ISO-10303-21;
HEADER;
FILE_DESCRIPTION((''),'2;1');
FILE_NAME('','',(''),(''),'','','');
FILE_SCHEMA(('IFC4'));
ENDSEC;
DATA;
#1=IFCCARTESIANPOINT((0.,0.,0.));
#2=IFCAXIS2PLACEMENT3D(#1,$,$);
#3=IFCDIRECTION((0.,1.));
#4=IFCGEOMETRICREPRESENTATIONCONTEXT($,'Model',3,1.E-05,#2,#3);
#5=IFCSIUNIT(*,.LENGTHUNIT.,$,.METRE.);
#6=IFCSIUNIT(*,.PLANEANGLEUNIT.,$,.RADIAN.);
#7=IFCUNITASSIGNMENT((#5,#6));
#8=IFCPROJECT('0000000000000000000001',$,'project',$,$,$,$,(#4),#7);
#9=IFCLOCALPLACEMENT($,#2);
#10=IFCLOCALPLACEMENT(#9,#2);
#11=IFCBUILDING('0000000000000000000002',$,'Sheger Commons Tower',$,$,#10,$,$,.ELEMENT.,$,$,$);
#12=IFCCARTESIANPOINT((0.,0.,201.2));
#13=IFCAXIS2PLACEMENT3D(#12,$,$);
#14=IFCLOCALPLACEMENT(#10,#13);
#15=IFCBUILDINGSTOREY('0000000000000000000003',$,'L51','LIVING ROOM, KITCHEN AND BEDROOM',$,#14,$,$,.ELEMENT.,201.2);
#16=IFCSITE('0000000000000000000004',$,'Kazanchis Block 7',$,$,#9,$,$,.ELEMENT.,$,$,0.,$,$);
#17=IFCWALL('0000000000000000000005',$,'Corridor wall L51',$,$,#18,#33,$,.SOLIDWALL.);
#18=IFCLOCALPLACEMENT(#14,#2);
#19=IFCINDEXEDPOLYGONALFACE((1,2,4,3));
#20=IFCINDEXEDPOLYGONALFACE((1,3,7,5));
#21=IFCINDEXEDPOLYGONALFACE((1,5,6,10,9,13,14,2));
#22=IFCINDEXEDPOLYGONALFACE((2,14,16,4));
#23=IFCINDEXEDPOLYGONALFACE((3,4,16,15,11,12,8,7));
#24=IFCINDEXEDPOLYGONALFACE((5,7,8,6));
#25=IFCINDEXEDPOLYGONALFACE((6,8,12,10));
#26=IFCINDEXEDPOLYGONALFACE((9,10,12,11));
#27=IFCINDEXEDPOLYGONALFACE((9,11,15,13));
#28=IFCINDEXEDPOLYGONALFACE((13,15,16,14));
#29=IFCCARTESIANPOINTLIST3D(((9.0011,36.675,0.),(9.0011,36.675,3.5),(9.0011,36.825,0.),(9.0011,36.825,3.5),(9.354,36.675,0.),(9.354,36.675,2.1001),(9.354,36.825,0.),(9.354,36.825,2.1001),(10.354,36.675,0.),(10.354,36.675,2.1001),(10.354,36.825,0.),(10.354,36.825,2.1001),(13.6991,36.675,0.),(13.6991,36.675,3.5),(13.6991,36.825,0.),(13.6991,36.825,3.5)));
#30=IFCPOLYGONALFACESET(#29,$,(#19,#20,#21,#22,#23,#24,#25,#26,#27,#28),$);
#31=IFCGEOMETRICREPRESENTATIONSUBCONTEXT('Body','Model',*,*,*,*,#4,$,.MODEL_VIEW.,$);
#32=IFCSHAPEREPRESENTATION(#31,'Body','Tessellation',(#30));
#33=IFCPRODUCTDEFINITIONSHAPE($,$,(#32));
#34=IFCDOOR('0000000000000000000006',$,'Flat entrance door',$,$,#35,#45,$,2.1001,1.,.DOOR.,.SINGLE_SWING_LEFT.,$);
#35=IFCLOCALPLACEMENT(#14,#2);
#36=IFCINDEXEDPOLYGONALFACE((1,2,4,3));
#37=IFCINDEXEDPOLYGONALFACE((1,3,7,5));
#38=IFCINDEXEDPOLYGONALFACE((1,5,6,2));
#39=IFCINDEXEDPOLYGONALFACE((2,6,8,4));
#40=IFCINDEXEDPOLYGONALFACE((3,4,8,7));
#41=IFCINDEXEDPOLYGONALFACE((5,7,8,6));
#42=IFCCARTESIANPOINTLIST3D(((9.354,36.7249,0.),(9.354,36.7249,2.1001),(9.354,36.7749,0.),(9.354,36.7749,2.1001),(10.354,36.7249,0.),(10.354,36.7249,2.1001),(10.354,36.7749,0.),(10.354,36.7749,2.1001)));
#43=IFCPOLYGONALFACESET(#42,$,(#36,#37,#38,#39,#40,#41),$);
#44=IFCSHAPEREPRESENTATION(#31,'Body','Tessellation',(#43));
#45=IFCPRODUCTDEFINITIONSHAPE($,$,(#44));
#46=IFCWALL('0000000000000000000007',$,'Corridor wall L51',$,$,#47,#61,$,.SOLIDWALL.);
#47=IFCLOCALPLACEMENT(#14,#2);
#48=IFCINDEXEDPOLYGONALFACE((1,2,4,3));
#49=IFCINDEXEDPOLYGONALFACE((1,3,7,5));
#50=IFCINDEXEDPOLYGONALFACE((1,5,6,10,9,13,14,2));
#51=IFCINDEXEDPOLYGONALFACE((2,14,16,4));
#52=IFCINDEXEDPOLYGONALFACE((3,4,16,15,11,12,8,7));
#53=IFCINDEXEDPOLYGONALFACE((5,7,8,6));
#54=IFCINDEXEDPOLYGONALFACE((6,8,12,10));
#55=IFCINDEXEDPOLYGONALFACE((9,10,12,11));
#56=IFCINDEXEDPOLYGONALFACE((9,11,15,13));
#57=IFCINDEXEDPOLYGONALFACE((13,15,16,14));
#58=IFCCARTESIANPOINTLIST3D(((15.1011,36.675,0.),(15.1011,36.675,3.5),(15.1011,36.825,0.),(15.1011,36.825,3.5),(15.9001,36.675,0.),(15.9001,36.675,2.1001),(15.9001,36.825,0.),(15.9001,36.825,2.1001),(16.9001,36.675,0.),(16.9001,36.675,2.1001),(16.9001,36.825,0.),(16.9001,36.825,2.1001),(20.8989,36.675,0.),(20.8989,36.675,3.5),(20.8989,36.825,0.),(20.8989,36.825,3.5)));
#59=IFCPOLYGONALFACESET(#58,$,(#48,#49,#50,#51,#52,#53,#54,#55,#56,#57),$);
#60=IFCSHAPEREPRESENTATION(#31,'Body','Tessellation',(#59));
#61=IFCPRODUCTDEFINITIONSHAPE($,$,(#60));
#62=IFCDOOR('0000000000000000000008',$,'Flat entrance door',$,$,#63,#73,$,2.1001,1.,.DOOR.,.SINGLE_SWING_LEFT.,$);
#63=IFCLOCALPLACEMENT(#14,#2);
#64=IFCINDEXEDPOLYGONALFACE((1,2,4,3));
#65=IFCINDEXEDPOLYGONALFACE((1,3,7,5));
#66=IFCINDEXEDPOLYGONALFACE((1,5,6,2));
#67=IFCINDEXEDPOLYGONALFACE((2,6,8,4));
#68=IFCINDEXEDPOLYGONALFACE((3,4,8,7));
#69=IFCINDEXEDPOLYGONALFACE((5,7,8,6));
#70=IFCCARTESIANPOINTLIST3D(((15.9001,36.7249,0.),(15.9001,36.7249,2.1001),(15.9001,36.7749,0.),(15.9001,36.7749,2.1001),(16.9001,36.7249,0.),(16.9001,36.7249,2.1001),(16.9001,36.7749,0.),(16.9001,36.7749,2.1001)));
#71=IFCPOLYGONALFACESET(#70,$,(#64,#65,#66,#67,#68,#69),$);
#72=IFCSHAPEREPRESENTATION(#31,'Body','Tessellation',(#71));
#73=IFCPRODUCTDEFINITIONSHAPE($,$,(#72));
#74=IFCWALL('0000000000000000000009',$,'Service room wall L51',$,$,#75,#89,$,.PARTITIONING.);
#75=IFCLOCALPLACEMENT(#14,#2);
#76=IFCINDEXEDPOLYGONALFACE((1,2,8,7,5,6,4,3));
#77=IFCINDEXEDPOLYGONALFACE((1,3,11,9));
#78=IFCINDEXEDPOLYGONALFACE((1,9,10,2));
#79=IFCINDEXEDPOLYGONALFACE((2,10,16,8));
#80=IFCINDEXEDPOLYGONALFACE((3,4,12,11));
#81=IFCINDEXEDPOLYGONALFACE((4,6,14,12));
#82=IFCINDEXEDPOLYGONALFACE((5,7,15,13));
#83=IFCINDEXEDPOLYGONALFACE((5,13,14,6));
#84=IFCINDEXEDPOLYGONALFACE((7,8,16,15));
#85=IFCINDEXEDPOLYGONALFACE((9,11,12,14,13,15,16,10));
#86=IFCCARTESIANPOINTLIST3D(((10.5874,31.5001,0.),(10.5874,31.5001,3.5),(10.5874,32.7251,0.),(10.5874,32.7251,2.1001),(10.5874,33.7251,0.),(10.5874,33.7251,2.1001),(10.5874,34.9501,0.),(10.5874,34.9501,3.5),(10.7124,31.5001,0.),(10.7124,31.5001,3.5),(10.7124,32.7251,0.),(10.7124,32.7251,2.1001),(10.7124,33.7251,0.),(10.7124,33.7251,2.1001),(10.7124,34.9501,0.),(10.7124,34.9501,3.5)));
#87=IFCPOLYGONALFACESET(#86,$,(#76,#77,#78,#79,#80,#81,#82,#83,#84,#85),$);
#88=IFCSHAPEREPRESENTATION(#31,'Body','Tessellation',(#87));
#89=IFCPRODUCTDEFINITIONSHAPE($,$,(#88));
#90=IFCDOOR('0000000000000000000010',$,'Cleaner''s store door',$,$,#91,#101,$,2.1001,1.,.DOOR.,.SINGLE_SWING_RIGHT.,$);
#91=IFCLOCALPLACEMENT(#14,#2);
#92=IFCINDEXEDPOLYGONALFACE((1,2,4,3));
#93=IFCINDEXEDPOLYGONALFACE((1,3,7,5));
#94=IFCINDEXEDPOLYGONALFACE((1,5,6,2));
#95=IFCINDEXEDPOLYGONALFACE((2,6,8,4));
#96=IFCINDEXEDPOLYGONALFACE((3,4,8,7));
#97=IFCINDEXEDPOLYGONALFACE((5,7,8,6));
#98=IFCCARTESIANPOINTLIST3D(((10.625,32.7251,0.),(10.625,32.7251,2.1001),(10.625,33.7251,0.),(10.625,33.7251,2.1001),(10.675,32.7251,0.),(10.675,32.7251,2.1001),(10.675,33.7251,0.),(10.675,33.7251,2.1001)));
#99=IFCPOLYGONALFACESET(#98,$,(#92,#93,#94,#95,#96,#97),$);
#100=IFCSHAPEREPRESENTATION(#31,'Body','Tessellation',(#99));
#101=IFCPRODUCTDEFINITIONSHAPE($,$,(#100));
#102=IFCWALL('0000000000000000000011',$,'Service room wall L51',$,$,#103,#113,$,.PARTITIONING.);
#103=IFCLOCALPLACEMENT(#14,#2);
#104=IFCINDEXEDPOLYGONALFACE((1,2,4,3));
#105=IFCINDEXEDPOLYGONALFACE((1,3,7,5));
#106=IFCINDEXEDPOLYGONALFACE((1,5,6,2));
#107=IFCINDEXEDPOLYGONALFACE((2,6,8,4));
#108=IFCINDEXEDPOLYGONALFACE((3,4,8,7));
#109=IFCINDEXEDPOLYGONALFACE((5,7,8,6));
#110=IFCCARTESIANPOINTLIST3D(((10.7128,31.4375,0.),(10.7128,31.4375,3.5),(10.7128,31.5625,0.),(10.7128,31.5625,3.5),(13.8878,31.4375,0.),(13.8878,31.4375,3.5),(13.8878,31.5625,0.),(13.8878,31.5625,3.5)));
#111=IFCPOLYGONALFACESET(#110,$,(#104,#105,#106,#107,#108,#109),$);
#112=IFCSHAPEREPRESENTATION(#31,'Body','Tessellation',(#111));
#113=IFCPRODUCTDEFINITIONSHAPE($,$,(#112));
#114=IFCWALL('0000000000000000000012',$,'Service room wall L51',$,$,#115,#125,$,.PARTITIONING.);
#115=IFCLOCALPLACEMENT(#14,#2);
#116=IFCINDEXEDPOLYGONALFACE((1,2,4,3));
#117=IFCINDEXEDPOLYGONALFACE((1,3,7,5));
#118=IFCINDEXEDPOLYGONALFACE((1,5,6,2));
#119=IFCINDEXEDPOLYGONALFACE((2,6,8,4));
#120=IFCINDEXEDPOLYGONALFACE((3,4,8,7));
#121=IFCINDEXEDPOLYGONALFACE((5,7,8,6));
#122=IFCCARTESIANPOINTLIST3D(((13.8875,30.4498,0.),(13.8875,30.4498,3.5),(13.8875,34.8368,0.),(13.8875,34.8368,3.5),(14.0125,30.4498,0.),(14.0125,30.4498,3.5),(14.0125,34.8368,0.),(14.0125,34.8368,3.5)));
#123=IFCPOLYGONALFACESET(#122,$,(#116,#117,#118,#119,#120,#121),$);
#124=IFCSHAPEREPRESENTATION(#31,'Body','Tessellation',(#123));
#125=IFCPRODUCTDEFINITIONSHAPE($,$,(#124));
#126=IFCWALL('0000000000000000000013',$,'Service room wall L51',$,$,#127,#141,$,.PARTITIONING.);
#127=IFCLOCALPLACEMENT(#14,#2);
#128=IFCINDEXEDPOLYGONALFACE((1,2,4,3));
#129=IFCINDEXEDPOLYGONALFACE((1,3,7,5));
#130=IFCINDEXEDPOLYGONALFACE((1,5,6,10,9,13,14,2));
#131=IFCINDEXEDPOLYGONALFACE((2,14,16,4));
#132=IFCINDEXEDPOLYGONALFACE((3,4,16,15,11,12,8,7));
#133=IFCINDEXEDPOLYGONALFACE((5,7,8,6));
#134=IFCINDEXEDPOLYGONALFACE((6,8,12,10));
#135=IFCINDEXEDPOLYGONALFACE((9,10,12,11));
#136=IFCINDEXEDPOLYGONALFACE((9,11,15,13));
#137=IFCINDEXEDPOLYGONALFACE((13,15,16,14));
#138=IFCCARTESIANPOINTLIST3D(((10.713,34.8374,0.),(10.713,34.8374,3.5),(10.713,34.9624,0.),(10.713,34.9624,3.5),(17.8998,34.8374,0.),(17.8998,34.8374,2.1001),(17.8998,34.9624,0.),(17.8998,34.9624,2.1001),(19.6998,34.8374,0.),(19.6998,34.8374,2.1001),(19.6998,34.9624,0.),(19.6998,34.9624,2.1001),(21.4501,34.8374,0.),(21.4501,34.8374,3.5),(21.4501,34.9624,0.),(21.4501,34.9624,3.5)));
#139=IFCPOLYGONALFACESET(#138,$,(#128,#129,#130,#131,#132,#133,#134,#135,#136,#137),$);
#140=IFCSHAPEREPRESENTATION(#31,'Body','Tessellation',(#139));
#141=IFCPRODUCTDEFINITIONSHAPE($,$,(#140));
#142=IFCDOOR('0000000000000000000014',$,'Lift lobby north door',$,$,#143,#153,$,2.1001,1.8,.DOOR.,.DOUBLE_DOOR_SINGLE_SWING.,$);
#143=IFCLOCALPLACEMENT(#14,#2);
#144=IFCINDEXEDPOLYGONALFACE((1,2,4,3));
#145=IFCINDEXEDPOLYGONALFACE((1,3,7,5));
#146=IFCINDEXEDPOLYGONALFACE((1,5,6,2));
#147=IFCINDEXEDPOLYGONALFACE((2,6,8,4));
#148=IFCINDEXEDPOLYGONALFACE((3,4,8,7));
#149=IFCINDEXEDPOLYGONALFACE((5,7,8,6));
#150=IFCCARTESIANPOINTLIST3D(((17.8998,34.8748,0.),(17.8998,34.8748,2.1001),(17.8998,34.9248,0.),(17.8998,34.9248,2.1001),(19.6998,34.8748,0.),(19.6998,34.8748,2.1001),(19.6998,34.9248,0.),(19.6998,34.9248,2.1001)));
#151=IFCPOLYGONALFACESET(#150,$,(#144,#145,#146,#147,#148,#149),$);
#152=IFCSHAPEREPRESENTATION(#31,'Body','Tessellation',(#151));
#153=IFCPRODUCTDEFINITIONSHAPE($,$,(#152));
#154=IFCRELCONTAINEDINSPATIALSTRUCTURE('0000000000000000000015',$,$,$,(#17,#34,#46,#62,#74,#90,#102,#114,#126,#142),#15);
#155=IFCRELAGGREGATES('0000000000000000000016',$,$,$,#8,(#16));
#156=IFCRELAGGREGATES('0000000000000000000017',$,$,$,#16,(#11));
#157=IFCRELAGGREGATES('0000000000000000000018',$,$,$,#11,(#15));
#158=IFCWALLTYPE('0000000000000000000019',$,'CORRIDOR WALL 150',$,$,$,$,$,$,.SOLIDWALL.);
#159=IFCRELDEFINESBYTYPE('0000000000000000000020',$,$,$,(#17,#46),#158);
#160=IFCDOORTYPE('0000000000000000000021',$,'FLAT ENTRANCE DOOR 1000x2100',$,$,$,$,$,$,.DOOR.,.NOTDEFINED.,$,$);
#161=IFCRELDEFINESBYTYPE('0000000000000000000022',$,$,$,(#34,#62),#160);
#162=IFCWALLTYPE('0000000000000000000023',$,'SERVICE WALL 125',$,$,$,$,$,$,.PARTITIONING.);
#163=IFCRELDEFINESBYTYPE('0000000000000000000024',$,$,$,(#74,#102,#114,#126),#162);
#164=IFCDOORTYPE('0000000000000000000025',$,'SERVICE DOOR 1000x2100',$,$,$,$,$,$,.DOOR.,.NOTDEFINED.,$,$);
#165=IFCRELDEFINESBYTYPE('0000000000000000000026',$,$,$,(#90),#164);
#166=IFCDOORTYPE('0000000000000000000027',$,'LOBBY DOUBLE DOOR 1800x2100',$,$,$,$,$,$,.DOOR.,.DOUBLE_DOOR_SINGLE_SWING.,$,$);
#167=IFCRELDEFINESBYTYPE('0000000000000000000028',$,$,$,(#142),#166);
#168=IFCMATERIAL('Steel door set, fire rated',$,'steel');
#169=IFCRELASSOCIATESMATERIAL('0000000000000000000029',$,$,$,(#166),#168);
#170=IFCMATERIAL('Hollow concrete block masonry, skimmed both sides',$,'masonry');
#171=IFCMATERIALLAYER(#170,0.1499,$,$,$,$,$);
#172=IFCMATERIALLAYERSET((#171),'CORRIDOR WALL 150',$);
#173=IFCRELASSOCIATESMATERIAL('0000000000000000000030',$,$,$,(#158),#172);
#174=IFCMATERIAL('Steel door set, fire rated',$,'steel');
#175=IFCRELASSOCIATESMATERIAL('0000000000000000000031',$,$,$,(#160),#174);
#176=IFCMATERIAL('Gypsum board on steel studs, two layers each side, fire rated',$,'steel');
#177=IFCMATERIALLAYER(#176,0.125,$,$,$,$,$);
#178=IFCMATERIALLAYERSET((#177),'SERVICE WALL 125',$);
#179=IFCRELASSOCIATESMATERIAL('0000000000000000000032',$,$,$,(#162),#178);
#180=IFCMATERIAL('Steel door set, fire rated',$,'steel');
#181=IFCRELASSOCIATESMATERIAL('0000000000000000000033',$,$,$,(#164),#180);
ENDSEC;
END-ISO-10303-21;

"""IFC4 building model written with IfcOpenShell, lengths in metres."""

from ifc_helpers import new_model, si_unit, direction, frame, frame_2d, origin, place, context, subcontext, project, spatial, rectangle, extrude, material, layer, layer_set, type_object, element, fill, save


model = new_model("IFC4")

# Units and contexts
model_context = context("Model", 3, precision=1e-05, world=origin(), true_north=direction((0.0, 1.0)))
body_context = subcontext(model_context, "Body", "Model", "MODEL_VIEW")
ifc_project = project(units=[si_unit("LENGTHUNIT", "METRE"), si_unit("PLANEANGLEUNIT", "RADIAN")], contexts=[model_context])

# Site, building, storey
site_placement = place(None, origin())
site = spatial("IfcSite", under=ifc_project, at=site_placement, Name="Kazanchis Block 7", CompositionType="ELEMENT", RefElevation=0.0)
building_placement = place(site_placement, origin())
building = spatial("IfcBuilding", under=site, at=building_placement, Name="Sheger Commons Tower", CompositionType="ELEMENT")
storey_placement = place(building_placement, frame((0.0, 0.0, 201.2)))
storey = spatial("IfcBuildingStorey", under=building, at=storey_placement, Name="L51", Description="LIVING ROOM, KITCHEN AND BEDROOM", CompositionType="ELEMENT", Elevation=201.2)

# Shared definitions
ifc_material_1 = material(Name="Steel door set, fire rated", Category="steel")
door_type_1 = type_object("IfcDoorType", Name="LOBBY DOUBLE DOOR 1800x2100", OperationType="DOUBLE_DOOR_SINGLE_SWING", PredefinedType="DOOR", material=ifc_material_1)

# Walls, openings, doors
ifc_material_2 = material(Name="Hollow concrete block masonry, skimmed both sides", Category="masonry")
ifc_layer_1 = layer(ifc_material_2, 0.1499)
ifc_layer_set_1 = layer_set([ifc_layer_1], Name="CORRIDOR WALL 150")
wall_type_1 = type_object("IfcWallType", Name="CORRIDOR WALL 150", PredefinedType="SOLIDWALL", material=ifc_layer_set_1)
wall_1_placement = place(storey_placement, frame((9.001, 36.75, 0.0), z_axis=(0.0, 0.0, 1.0), x_axis=(1.0, 0.0, 0.0)))
wall_1 = element("IfcWall", 1, at=wall_1_placement, inside=storey, type_object=wall_type_1, Name="Corridor wall L51", PredefinedType="SOLIDWALL", context=body_context, shape_type="SweptSolid", body=[
    extrude(rectangle(XDim=4.698, YDim=0.1499, at=frame_2d((2.3491, 0.0))), origin(), (0.0, 0.0, 1.0), 3.5),
])
opening_1_placement = place(wall_1_placement, frame((0.353, 0.0, 0.0)))
opening_1 = element("IfcOpeningElement", 2, at=opening_1_placement, cuts=wall_1, PredefinedType="OPENING", context=body_context, shape_type="SweptSolid", body=[
    extrude(rectangle(XDim=1.0, YDim=2.1001, at=frame_2d((0.5, 1.05))), frame((0.0, 0.085, 0.0), z_axis=(0.0, -1.0, 0.0), x_axis=(1.0, 0.0, 0.0)), (0.0, 0.0, 1.0), 0.1699),
])
ifc_material_3 = material(Name="Steel door set, fire rated", Category="steel")
door_type_2 = type_object("IfcDoorType", Name="FLAT ENTRANCE DOOR 1000x2100", OperationType="NOTDEFINED", PredefinedType="DOOR", material=ifc_material_3)
door_1_placement = place(opening_1_placement, origin())
door_1 = element("IfcDoor", 3, at=door_1_placement, inside=storey, type_object=door_type_2, Name="Flat entrance door", OperationType="SINGLE_SWING_LEFT", OverallHeight=2.1001, OverallWidth=1.0, PredefinedType="DOOR", context=body_context, shape_type="SweptSolid", body=[
    extrude(rectangle(XDim=1.0, YDim=2.1001, at=frame_2d((0.5, 1.05))), frame((0.0, 0.0249, 0.0), z_axis=(0.0, -1.0, 0.0), x_axis=(1.0, 0.0, 0.0)), (0.0, 0.0, 1.0), 0.05),
])
fill(opening_1, door_1)
wall_2_placement = place(storey_placement, frame((15.1011, 36.75, 0.0), z_axis=(0.0, 0.0, 1.0), x_axis=(1.0, 0.0, 0.0)))
wall_2 = element("IfcWall", 4, at=wall_2_placement, inside=storey, type_object=wall_type_1, Name="Corridor wall L51", PredefinedType="SOLIDWALL", context=body_context, shape_type="SweptSolid", body=[
    extrude(rectangle(XDim=5.7979, YDim=0.1499, at=frame_2d((2.8989, 0.0))), origin(), (0.0, 0.0, 1.0), 3.5),
])
opening_2_placement = place(wall_2_placement, frame((0.7991, 0.0, 0.0)))
opening_2 = element("IfcOpeningElement", 5, at=opening_2_placement, cuts=wall_2, PredefinedType="OPENING", context=body_context, shape_type="SweptSolid", body=[
    extrude(rectangle(XDim=1.0, YDim=2.1001, at=frame_2d((0.5, 1.05))), frame((0.0, 0.085, 0.0), z_axis=(0.0, -1.0, 0.0), x_axis=(1.0, 0.0, 0.0)), (0.0, 0.0, 1.0), 0.1699),
])
door_2_placement = place(opening_2_placement, origin())
door_2 = element("IfcDoor", 6, at=door_2_placement, inside=storey, type_object=door_type_2, Name="Flat entrance door", OperationType="SINGLE_SWING_LEFT", OverallHeight=2.1001, OverallWidth=1.0, PredefinedType="DOOR", context=body_context, shape_type="SweptSolid", body=[
    extrude(rectangle(XDim=1.0, YDim=2.1001, at=frame_2d((0.5, 1.05))), frame((0.0, 0.0249, 0.0), z_axis=(0.0, -1.0, 0.0), x_axis=(1.0, 0.0, 0.0)), (0.0, 0.0, 1.0), 0.05),
])
fill(opening_2, door_2)
ifc_material_4 = material(Name="Gypsum board on steel studs, two layers each side, fire rated", Category="steel")
ifc_layer_2 = layer(ifc_material_4, 0.125)
ifc_layer_set_2 = layer_set([ifc_layer_2], Name="SERVICE WALL 125")
wall_type_2 = type_object("IfcWallType", Name="SERVICE WALL 125", PredefinedType="PARTITIONING", material=ifc_layer_set_2)
wall_3_placement = place(storey_placement, frame((10.6499, 31.5, 0.0), z_axis=(0.0, 0.0, 1.0), x_axis=(0.0, 1.0, 0.0)))
wall_3 = element("IfcWall", 7, at=wall_3_placement, inside=storey, type_object=wall_type_2, Name="Service room wall L51", PredefinedType="PARTITIONING", context=body_context, shape_type="SweptSolid", body=[
    extrude(rectangle(XDim=3.45, YDim=0.125, at=frame_2d((1.7251, 0.0))), origin(), (0.0, 0.0, 1.0), 3.5),
])
opening_3_placement = place(wall_3_placement, frame((1.2251, 0.0, 0.0)))
opening_3 = element("IfcOpeningElement", 8, at=opening_3_placement, cuts=wall_3, PredefinedType="OPENING", context=body_context, shape_type="SweptSolid", body=[
    extrude(rectangle(XDim=1.0, YDim=2.1001, at=frame_2d((0.5, 1.05))), frame((0.0, 0.0725, 0.0), z_axis=(0.0, -1.0, 0.0), x_axis=(1.0, 0.0, 0.0)), (0.0, 0.0, 1.0), 0.145),
])
ifc_material_5 = material(Name="Steel door set, fire rated", Category="steel")
door_type_3 = type_object("IfcDoorType", Name="SERVICE DOOR 1000x2100", OperationType="NOTDEFINED", PredefinedType="DOOR", material=ifc_material_5)
door_3_placement = place(opening_3_placement, origin())
door_3 = element("IfcDoor", 9, at=door_3_placement, inside=storey, type_object=door_type_3, Name="Cleaner's store door", OperationType="SINGLE_SWING_RIGHT", OverallHeight=2.1001, OverallWidth=1.0, PredefinedType="DOOR", context=body_context, shape_type="SweptSolid", body=[
    extrude(rectangle(XDim=1.0, YDim=2.1001, at=frame_2d((0.5, 1.05))), frame((0.0, 0.0249, 0.0), z_axis=(0.0, -1.0, 0.0), x_axis=(1.0, 0.0, 0.0)), (0.0, 0.0, 1.0), 0.05),
])
fill(opening_3, door_3)

# Walls
wall_4_placement = place(storey_placement, frame((10.7129, 31.5, 0.0), z_axis=(0.0, 0.0, 1.0), x_axis=(1.0, 0.0, 0.0)))
element("IfcWall", 10, at=wall_4_placement, inside=storey, type_object=wall_type_2, Name="Service room wall L51", PredefinedType="PARTITIONING", context=body_context, shape_type="SweptSolid", body=[
    extrude(rectangle(XDim=3.175, YDim=0.125, at=frame_2d((1.5874, 0.0))), origin(), (0.0, 0.0, 1.0), 3.5),
])
wall_5_placement = place(storey_placement, frame((13.95, 30.45, 0.0), z_axis=(0.0, 0.0, 1.0), x_axis=(0.0, 1.0, 0.0)))
element("IfcWall", 11, at=wall_5_placement, inside=storey, type_object=wall_type_2, Name="Service room wall L51", PredefinedType="PARTITIONING", context=body_context, shape_type="SweptSolid", body=[
    extrude(rectangle(XDim=4.387, YDim=0.125, at=frame_2d((2.1934, 0.0))), origin(), (0.0, 0.0, 1.0), 3.5),
])

# Wall, opening, door
wall_6_placement = place(storey_placement, frame((10.7129, 34.8999, 0.0), z_axis=(0.0, 0.0, 1.0), x_axis=(1.0, 0.0, 0.0)))
wall_6 = element("IfcWall", 12, at=wall_6_placement, inside=storey, type_object=wall_type_2, Name="Service room wall L51", PredefinedType="PARTITIONING", context=body_context, shape_type="SweptSolid", body=[
    extrude(rectangle(XDim=10.7371, YDim=0.125, at=frame_2d((5.3687, 0.0))), origin(), (0.0, 0.0, 1.0), 3.5),
])
opening_4_placement = place(wall_6_placement, frame((7.187, 0.0, 0.0)))
opening_4 = element("IfcOpeningElement", 13, at=opening_4_placement, cuts=wall_6, PredefinedType="OPENING", context=body_context, shape_type="SweptSolid", body=[
    extrude(rectangle(XDim=1.8, YDim=2.1001, at=frame_2d((0.8999, 1.05))), frame((0.0, 0.0725, 0.0), z_axis=(0.0, -1.0, 0.0), x_axis=(1.0, 0.0, 0.0)), (0.0, 0.0, 1.0), 0.145),
])
door_4_placement = place(opening_4_placement, origin())
door_4 = element("IfcDoor", 14, at=door_4_placement, inside=storey, type_object=door_type_1, Name="Lift lobby north door", OperationType="DOUBLE_DOOR_SINGLE_SWING", OverallHeight=2.1001, OverallWidth=1.8, PredefinedType="DOOR", context=body_context, shape_type="SweptSolid", body=[
    extrude(rectangle(XDim=1.8, YDim=2.1001, at=frame_2d((0.8999, 1.05))), frame((0.0, 0.0249, 0.0), z_axis=(0.0, -1.0, 0.0), x_axis=(1.0, 0.0, 0.0)), (0.0, 0.0, 1.0), 0.05),
])
fill(opening_4, door_4)

save(model, "model.ifc")
